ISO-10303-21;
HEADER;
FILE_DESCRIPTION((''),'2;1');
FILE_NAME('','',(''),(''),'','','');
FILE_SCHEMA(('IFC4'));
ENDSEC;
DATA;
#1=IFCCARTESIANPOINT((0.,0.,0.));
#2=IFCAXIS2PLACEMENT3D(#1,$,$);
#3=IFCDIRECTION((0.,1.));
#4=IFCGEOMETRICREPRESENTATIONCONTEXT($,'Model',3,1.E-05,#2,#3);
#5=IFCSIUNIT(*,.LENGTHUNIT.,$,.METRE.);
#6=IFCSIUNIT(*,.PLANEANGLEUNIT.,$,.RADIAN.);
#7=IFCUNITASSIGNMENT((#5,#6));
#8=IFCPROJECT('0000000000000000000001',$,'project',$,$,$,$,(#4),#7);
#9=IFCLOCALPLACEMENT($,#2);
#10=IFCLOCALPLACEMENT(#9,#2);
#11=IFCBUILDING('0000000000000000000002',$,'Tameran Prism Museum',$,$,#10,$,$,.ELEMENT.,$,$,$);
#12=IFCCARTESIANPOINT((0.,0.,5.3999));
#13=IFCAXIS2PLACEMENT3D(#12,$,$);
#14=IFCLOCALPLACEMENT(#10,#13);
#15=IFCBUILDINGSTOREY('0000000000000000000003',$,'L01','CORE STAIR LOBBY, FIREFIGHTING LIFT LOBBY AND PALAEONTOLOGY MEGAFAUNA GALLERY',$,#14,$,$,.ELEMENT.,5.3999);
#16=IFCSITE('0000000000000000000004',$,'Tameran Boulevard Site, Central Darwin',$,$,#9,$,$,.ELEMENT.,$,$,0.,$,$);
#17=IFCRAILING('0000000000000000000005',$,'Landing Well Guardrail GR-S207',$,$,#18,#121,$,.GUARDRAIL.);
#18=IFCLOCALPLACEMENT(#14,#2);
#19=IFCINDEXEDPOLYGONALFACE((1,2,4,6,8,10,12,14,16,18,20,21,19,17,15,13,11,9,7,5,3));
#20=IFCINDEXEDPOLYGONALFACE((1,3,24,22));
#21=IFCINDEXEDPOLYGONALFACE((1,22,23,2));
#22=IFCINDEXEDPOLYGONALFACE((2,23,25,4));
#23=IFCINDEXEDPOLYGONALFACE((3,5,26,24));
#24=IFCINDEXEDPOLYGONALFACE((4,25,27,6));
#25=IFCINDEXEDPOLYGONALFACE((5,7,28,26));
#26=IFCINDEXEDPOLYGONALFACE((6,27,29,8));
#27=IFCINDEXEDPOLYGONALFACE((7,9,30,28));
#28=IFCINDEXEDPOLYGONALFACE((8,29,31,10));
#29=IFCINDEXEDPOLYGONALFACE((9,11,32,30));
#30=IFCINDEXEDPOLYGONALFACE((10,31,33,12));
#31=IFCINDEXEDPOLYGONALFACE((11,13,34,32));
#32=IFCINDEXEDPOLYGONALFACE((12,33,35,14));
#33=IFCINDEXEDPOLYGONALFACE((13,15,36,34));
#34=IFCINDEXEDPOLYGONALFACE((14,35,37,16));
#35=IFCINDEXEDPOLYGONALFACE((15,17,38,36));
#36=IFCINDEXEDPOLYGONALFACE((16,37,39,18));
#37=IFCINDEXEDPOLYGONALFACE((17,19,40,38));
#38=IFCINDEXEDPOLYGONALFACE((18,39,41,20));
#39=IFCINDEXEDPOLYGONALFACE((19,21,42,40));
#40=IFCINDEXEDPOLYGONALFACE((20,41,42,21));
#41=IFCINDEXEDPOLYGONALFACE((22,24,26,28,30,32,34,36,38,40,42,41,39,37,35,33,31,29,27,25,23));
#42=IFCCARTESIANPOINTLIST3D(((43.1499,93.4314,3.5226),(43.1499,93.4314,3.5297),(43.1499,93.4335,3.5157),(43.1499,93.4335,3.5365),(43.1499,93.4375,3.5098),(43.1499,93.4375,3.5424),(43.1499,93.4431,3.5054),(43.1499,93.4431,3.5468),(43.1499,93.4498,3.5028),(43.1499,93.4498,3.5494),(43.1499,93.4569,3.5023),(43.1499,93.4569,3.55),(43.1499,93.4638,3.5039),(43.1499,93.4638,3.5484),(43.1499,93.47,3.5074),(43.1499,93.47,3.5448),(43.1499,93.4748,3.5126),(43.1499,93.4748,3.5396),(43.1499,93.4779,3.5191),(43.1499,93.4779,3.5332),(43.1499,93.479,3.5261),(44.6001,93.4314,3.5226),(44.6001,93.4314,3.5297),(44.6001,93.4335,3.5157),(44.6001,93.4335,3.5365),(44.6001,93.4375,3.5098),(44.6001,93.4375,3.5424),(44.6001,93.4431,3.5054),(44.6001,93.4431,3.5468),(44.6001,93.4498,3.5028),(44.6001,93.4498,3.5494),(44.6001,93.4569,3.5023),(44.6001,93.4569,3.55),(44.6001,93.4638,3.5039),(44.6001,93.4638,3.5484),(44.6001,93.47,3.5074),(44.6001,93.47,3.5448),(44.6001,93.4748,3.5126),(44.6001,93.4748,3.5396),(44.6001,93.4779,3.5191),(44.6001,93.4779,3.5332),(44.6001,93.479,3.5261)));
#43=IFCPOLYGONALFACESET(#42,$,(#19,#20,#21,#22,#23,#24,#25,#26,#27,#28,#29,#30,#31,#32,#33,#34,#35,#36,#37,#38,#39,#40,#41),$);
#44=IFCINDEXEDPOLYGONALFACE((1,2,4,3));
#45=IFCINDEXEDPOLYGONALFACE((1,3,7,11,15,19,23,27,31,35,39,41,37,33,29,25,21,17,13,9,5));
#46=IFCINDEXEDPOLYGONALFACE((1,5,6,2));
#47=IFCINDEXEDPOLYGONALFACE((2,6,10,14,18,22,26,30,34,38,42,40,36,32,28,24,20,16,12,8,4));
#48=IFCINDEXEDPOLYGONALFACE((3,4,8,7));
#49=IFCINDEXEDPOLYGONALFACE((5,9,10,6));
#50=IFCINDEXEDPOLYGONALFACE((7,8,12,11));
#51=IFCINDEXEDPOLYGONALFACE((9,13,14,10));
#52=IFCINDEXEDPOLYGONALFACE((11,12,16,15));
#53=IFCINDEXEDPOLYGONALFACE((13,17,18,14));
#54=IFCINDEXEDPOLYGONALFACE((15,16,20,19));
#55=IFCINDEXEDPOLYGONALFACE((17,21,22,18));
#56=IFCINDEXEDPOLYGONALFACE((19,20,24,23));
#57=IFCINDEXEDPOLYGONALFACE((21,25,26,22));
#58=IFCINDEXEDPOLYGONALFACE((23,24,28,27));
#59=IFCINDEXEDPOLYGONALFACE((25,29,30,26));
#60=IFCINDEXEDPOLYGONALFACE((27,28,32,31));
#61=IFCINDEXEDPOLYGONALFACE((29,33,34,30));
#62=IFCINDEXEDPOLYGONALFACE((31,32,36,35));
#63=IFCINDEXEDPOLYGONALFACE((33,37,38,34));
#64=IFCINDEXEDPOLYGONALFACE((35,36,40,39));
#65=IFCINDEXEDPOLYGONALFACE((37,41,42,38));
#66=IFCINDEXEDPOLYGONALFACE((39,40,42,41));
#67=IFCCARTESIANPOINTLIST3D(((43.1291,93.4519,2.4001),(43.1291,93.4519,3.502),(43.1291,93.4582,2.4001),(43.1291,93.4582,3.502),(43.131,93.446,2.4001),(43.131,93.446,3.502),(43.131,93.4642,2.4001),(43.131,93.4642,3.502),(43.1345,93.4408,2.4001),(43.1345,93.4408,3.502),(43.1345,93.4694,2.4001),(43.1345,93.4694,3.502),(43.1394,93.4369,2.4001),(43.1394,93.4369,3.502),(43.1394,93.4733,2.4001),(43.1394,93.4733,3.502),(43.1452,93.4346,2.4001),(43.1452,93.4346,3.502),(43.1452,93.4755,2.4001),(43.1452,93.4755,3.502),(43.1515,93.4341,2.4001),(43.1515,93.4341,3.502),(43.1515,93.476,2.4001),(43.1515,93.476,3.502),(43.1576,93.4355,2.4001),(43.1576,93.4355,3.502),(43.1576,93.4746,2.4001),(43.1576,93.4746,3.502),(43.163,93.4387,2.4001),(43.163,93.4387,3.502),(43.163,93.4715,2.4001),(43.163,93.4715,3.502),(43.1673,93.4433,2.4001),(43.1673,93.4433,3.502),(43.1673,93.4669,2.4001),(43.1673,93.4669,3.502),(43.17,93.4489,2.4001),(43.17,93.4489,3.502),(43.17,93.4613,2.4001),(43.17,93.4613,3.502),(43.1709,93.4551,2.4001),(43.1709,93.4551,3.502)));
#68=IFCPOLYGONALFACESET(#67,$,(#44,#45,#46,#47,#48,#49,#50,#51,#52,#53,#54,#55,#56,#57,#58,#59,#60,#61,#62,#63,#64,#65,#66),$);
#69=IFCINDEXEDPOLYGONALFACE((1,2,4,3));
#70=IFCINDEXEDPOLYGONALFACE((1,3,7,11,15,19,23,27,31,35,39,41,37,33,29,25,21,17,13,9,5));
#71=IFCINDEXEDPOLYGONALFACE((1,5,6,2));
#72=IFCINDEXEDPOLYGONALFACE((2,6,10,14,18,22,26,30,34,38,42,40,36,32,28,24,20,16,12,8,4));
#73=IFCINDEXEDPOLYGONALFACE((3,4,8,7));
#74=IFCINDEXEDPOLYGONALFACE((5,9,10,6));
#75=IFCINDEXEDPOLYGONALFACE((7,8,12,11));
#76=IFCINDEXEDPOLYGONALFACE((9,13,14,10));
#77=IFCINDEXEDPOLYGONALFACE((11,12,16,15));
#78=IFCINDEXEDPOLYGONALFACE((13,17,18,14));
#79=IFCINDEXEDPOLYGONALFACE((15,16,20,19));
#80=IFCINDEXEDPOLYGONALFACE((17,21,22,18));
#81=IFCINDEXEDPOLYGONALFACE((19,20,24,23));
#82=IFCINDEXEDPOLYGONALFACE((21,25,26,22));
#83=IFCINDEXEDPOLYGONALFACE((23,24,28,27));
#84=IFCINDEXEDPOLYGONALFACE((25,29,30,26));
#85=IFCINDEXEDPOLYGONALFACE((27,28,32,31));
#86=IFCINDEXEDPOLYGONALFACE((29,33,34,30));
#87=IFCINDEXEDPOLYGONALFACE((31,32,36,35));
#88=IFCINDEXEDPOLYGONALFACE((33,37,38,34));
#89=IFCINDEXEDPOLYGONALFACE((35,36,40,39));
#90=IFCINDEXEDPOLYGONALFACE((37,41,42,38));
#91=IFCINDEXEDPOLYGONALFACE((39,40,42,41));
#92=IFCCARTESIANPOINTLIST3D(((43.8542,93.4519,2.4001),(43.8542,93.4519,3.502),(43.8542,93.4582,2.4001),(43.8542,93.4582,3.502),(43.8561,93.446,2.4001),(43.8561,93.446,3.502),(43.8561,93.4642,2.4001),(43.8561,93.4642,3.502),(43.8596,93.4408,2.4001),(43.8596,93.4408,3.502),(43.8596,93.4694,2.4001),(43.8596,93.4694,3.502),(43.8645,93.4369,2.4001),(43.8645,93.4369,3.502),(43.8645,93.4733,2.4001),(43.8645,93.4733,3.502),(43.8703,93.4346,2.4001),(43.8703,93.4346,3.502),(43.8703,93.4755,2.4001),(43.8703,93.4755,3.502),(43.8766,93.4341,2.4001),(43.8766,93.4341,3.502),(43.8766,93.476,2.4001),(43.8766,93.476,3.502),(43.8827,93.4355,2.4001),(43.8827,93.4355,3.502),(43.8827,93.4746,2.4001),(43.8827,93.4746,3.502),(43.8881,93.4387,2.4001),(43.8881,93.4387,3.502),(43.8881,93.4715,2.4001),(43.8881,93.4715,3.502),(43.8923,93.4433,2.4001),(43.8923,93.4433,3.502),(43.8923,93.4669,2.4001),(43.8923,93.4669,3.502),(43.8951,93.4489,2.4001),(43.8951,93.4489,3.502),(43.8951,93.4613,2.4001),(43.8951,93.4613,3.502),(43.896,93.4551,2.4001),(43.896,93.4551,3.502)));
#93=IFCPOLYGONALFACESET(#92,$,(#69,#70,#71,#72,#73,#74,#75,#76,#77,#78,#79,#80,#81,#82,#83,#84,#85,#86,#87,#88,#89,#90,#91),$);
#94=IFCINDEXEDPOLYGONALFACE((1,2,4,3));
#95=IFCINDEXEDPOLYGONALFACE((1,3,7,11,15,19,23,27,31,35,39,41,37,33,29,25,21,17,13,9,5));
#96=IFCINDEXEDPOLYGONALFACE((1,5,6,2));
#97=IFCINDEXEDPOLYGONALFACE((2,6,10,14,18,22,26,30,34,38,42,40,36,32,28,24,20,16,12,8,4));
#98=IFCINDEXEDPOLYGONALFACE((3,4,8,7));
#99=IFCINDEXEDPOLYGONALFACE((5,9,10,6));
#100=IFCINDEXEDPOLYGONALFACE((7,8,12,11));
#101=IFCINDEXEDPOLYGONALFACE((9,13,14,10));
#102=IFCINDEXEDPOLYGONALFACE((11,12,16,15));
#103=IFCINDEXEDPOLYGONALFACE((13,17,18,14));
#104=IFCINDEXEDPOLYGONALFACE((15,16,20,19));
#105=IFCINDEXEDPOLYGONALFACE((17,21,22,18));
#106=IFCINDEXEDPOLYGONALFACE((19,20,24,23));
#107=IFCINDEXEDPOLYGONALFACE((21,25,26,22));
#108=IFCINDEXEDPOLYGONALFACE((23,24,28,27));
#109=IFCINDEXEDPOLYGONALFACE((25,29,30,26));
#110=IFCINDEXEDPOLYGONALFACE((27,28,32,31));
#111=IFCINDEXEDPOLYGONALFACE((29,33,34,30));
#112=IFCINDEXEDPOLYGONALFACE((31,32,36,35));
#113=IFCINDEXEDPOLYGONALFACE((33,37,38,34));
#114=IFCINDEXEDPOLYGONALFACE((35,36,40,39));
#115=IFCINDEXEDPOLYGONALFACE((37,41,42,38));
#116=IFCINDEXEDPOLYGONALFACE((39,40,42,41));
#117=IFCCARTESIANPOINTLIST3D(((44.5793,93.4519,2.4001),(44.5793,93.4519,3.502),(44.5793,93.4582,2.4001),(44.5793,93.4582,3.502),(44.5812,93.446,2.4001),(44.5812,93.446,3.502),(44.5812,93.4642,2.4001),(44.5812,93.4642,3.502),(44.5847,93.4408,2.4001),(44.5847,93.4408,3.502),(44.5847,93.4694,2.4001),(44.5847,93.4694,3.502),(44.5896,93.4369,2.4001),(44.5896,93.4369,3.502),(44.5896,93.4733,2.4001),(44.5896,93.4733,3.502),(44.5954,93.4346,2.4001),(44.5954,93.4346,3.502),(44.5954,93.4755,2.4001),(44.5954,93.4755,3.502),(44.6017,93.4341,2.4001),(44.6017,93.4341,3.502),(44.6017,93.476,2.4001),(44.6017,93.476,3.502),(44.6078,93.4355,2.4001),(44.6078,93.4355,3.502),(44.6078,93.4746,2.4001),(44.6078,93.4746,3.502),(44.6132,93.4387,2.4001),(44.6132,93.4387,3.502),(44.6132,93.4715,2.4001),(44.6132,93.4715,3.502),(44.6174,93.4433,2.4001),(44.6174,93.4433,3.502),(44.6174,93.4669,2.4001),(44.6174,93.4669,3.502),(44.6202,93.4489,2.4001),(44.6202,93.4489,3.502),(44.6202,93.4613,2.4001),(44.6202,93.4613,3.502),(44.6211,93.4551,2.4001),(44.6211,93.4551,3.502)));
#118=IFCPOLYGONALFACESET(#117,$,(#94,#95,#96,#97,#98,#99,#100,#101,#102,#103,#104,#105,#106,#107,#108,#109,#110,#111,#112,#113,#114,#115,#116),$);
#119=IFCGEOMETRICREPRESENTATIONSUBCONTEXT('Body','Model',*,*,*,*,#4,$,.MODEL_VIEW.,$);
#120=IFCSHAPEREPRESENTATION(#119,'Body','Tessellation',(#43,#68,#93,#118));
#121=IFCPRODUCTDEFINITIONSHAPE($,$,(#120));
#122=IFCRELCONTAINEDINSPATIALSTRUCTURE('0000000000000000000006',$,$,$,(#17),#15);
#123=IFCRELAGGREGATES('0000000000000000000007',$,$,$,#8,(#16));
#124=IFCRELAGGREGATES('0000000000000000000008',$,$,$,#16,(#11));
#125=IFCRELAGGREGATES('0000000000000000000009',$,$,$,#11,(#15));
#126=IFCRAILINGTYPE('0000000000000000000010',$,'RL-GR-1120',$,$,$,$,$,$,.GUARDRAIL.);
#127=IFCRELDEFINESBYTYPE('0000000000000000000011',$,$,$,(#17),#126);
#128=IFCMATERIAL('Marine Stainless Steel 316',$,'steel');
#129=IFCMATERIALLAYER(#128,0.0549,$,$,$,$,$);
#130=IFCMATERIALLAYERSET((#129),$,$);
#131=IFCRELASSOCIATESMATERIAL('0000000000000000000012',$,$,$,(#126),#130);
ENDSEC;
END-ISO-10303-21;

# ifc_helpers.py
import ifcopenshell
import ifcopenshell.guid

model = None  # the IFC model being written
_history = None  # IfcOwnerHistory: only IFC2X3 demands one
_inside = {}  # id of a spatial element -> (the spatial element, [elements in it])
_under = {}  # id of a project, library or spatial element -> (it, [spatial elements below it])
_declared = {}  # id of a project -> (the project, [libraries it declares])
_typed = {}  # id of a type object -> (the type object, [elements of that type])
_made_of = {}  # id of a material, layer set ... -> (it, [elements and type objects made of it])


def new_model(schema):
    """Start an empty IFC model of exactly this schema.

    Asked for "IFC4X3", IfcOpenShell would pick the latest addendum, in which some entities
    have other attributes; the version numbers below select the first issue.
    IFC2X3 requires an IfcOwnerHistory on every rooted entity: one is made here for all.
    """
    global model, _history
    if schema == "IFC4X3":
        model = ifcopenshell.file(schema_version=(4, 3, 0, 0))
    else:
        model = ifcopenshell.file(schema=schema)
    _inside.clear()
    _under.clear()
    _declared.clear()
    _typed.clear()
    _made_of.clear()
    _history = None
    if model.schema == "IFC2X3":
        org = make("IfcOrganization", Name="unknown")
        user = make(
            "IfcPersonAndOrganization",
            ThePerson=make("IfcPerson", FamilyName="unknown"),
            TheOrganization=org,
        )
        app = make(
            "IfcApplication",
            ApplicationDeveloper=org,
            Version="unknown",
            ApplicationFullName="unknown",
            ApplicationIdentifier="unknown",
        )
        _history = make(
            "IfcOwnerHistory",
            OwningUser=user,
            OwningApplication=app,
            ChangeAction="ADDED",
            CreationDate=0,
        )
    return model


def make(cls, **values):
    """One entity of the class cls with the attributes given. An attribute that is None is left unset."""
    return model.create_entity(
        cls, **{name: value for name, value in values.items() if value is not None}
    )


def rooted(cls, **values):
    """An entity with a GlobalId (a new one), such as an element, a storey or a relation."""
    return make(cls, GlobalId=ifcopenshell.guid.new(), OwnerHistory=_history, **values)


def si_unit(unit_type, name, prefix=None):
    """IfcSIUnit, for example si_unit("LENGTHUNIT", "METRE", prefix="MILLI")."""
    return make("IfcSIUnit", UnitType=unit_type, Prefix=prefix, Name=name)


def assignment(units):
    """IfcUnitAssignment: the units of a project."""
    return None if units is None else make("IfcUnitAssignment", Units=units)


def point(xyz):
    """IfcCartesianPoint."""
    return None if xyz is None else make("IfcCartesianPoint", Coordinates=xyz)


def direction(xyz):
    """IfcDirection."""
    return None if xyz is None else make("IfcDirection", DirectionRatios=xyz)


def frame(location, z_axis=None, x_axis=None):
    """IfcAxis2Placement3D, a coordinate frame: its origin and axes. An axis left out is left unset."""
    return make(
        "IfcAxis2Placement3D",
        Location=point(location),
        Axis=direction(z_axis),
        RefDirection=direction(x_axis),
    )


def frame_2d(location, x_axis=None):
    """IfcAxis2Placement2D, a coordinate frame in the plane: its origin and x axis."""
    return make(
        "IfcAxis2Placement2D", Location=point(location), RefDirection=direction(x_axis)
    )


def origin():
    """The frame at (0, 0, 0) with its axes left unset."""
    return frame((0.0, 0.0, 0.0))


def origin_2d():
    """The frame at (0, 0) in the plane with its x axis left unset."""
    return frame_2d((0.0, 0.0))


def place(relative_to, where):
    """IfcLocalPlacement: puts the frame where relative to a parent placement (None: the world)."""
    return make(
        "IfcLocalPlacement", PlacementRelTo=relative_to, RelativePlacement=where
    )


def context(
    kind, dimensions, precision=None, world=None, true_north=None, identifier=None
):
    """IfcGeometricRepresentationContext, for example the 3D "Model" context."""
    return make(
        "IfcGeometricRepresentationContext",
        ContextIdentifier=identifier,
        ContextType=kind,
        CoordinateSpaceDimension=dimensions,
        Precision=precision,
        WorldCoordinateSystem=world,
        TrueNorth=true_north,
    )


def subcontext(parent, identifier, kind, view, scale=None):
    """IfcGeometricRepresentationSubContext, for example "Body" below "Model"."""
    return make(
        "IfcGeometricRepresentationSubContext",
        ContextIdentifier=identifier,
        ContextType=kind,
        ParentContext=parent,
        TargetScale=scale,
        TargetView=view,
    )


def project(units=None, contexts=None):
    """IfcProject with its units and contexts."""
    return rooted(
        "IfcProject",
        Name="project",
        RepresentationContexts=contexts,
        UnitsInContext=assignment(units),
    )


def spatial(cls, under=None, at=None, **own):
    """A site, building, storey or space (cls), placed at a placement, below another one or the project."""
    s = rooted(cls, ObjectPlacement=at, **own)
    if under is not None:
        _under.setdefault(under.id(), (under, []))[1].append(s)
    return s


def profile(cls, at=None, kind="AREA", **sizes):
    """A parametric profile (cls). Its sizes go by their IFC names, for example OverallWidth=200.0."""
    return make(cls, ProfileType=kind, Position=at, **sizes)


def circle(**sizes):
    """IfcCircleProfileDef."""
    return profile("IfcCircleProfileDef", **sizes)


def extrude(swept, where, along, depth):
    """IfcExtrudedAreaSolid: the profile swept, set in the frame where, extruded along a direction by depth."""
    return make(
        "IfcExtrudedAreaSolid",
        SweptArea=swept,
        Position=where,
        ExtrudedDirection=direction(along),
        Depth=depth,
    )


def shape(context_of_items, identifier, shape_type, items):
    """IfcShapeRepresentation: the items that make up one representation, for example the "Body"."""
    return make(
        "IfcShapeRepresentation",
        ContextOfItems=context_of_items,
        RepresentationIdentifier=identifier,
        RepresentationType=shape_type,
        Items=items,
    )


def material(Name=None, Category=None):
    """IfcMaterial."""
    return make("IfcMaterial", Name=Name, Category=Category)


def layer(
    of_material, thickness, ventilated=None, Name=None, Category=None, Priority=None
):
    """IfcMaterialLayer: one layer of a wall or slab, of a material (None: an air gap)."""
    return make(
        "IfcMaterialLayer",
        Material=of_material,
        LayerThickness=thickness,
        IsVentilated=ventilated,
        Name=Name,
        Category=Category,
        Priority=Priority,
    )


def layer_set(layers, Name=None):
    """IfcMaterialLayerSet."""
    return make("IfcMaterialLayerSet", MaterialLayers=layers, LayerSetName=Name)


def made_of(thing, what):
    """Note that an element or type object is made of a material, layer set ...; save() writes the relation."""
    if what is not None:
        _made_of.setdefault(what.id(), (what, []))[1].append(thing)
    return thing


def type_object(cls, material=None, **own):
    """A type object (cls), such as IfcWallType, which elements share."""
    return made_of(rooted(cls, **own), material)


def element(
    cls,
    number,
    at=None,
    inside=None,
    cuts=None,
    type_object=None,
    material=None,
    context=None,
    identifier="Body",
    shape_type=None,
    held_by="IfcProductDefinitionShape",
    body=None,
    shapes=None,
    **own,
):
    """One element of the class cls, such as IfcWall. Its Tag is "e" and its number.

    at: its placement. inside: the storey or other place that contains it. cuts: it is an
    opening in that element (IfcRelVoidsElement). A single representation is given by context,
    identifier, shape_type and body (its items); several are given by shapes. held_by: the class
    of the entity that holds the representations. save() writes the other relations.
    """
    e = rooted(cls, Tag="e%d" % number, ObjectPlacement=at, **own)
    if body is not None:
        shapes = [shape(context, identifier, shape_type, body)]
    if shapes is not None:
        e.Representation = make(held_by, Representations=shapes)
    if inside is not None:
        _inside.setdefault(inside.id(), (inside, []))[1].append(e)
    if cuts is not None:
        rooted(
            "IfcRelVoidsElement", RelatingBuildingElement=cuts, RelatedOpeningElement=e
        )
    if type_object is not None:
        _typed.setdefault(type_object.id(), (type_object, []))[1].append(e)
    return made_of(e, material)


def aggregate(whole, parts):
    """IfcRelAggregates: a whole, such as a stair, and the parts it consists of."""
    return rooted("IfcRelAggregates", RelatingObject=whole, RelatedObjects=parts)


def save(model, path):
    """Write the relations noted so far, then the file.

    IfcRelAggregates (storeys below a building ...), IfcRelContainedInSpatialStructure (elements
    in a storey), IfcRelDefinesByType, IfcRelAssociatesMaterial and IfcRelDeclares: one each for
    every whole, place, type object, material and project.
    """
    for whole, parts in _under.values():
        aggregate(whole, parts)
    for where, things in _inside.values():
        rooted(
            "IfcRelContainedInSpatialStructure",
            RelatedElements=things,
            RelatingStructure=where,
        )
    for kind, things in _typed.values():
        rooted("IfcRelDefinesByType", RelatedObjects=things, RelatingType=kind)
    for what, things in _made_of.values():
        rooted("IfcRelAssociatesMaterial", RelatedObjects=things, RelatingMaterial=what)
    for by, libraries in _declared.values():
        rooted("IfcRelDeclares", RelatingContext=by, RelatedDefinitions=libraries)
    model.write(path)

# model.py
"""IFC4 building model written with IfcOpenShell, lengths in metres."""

from ifc_helpers import new_model, si_unit, direction, frame, origin, origin_2d, place, context, subcontext, project, spatial, circle, extrude, material, layer, layer_set, type_object, element, save


model = new_model("IFC4")

# Units and contexts
model_context = context("Model", 3, precision=1e-05, world=origin(), true_north=direction((0.0, 1.0)))
body_context = subcontext(model_context, "Body", "Model", "MODEL_VIEW")
ifc_project = project(units=[si_unit("LENGTHUNIT", "METRE"), si_unit("PLANEANGLEUNIT", "RADIAN")], contexts=[model_context])

# Site, building, storey
site_placement = place(None, origin())
site = spatial("IfcSite", under=ifc_project, at=site_placement, Name="Tameran Boulevard Site, Central Darwin", CompositionType="ELEMENT", RefElevation=0.0)
building_placement = place(site_placement, origin())
building = spatial("IfcBuilding", under=site, at=building_placement, Name="Tameran Prism Museum", CompositionType="ELEMENT")
storey_placement = place(building_placement, frame((0.0, 0.0, 5.3999)))
storey = spatial("IfcBuildingStorey", under=building, at=storey_placement, Name="L01", Description="CORE STAIR LOBBY, FIREFIGHTING LIFT LOBBY AND PALAEONTOLOGY MEGAFAUNA GALLERY", CompositionType="ELEMENT", Elevation=5.3999)

# Railing
ifc_material_1 = material(Name="Marine Stainless Steel 316", Category="steel")
ifc_layer_1 = layer(ifc_material_1, 0.0549)
ifc_layer_set_1 = layer_set([ifc_layer_1])
railing_type_1 = type_object("IfcRailingType", Name="RL-GR-1120", PredefinedType="GUARDRAIL", material=ifc_layer_set_1)
railing_1_placement = place(storey_placement, frame((43.1499, 93.4551, 2.4001)))
element("IfcRailing", 1, at=railing_1_placement, inside=storey, type_object=railing_type_1, Name="Landing Well Guardrail GR-S207", PredefinedType="GUARDRAIL", context=body_context, shape_type="SweptSolid", body=[
    extrude(circle(Radius=0.0239, at=origin_2d()), frame((0.0, 0.0, 1.126), z_axis=(1.0, 0.0, 0.0), x_axis=(0.0, 1.0, 0.0)), (0.0, 0.0, 1.0), 1.4502),
    extrude(circle(Radius=0.021, at=origin_2d()), origin(), (0.0, 0.0, 1.0), 1.1018),
    extrude(circle(Radius=0.021, at=origin_2d()), frame((0.7251, 0.0, 0.0)), (0.0, 0.0, 1.0), 1.1018),
    extrude(circle(Radius=0.021, at=origin_2d()), frame((1.4502, 0.0, 0.0)), (0.0, 0.0, 1.0), 1.1018),
])

save(model, "model.ifc")
